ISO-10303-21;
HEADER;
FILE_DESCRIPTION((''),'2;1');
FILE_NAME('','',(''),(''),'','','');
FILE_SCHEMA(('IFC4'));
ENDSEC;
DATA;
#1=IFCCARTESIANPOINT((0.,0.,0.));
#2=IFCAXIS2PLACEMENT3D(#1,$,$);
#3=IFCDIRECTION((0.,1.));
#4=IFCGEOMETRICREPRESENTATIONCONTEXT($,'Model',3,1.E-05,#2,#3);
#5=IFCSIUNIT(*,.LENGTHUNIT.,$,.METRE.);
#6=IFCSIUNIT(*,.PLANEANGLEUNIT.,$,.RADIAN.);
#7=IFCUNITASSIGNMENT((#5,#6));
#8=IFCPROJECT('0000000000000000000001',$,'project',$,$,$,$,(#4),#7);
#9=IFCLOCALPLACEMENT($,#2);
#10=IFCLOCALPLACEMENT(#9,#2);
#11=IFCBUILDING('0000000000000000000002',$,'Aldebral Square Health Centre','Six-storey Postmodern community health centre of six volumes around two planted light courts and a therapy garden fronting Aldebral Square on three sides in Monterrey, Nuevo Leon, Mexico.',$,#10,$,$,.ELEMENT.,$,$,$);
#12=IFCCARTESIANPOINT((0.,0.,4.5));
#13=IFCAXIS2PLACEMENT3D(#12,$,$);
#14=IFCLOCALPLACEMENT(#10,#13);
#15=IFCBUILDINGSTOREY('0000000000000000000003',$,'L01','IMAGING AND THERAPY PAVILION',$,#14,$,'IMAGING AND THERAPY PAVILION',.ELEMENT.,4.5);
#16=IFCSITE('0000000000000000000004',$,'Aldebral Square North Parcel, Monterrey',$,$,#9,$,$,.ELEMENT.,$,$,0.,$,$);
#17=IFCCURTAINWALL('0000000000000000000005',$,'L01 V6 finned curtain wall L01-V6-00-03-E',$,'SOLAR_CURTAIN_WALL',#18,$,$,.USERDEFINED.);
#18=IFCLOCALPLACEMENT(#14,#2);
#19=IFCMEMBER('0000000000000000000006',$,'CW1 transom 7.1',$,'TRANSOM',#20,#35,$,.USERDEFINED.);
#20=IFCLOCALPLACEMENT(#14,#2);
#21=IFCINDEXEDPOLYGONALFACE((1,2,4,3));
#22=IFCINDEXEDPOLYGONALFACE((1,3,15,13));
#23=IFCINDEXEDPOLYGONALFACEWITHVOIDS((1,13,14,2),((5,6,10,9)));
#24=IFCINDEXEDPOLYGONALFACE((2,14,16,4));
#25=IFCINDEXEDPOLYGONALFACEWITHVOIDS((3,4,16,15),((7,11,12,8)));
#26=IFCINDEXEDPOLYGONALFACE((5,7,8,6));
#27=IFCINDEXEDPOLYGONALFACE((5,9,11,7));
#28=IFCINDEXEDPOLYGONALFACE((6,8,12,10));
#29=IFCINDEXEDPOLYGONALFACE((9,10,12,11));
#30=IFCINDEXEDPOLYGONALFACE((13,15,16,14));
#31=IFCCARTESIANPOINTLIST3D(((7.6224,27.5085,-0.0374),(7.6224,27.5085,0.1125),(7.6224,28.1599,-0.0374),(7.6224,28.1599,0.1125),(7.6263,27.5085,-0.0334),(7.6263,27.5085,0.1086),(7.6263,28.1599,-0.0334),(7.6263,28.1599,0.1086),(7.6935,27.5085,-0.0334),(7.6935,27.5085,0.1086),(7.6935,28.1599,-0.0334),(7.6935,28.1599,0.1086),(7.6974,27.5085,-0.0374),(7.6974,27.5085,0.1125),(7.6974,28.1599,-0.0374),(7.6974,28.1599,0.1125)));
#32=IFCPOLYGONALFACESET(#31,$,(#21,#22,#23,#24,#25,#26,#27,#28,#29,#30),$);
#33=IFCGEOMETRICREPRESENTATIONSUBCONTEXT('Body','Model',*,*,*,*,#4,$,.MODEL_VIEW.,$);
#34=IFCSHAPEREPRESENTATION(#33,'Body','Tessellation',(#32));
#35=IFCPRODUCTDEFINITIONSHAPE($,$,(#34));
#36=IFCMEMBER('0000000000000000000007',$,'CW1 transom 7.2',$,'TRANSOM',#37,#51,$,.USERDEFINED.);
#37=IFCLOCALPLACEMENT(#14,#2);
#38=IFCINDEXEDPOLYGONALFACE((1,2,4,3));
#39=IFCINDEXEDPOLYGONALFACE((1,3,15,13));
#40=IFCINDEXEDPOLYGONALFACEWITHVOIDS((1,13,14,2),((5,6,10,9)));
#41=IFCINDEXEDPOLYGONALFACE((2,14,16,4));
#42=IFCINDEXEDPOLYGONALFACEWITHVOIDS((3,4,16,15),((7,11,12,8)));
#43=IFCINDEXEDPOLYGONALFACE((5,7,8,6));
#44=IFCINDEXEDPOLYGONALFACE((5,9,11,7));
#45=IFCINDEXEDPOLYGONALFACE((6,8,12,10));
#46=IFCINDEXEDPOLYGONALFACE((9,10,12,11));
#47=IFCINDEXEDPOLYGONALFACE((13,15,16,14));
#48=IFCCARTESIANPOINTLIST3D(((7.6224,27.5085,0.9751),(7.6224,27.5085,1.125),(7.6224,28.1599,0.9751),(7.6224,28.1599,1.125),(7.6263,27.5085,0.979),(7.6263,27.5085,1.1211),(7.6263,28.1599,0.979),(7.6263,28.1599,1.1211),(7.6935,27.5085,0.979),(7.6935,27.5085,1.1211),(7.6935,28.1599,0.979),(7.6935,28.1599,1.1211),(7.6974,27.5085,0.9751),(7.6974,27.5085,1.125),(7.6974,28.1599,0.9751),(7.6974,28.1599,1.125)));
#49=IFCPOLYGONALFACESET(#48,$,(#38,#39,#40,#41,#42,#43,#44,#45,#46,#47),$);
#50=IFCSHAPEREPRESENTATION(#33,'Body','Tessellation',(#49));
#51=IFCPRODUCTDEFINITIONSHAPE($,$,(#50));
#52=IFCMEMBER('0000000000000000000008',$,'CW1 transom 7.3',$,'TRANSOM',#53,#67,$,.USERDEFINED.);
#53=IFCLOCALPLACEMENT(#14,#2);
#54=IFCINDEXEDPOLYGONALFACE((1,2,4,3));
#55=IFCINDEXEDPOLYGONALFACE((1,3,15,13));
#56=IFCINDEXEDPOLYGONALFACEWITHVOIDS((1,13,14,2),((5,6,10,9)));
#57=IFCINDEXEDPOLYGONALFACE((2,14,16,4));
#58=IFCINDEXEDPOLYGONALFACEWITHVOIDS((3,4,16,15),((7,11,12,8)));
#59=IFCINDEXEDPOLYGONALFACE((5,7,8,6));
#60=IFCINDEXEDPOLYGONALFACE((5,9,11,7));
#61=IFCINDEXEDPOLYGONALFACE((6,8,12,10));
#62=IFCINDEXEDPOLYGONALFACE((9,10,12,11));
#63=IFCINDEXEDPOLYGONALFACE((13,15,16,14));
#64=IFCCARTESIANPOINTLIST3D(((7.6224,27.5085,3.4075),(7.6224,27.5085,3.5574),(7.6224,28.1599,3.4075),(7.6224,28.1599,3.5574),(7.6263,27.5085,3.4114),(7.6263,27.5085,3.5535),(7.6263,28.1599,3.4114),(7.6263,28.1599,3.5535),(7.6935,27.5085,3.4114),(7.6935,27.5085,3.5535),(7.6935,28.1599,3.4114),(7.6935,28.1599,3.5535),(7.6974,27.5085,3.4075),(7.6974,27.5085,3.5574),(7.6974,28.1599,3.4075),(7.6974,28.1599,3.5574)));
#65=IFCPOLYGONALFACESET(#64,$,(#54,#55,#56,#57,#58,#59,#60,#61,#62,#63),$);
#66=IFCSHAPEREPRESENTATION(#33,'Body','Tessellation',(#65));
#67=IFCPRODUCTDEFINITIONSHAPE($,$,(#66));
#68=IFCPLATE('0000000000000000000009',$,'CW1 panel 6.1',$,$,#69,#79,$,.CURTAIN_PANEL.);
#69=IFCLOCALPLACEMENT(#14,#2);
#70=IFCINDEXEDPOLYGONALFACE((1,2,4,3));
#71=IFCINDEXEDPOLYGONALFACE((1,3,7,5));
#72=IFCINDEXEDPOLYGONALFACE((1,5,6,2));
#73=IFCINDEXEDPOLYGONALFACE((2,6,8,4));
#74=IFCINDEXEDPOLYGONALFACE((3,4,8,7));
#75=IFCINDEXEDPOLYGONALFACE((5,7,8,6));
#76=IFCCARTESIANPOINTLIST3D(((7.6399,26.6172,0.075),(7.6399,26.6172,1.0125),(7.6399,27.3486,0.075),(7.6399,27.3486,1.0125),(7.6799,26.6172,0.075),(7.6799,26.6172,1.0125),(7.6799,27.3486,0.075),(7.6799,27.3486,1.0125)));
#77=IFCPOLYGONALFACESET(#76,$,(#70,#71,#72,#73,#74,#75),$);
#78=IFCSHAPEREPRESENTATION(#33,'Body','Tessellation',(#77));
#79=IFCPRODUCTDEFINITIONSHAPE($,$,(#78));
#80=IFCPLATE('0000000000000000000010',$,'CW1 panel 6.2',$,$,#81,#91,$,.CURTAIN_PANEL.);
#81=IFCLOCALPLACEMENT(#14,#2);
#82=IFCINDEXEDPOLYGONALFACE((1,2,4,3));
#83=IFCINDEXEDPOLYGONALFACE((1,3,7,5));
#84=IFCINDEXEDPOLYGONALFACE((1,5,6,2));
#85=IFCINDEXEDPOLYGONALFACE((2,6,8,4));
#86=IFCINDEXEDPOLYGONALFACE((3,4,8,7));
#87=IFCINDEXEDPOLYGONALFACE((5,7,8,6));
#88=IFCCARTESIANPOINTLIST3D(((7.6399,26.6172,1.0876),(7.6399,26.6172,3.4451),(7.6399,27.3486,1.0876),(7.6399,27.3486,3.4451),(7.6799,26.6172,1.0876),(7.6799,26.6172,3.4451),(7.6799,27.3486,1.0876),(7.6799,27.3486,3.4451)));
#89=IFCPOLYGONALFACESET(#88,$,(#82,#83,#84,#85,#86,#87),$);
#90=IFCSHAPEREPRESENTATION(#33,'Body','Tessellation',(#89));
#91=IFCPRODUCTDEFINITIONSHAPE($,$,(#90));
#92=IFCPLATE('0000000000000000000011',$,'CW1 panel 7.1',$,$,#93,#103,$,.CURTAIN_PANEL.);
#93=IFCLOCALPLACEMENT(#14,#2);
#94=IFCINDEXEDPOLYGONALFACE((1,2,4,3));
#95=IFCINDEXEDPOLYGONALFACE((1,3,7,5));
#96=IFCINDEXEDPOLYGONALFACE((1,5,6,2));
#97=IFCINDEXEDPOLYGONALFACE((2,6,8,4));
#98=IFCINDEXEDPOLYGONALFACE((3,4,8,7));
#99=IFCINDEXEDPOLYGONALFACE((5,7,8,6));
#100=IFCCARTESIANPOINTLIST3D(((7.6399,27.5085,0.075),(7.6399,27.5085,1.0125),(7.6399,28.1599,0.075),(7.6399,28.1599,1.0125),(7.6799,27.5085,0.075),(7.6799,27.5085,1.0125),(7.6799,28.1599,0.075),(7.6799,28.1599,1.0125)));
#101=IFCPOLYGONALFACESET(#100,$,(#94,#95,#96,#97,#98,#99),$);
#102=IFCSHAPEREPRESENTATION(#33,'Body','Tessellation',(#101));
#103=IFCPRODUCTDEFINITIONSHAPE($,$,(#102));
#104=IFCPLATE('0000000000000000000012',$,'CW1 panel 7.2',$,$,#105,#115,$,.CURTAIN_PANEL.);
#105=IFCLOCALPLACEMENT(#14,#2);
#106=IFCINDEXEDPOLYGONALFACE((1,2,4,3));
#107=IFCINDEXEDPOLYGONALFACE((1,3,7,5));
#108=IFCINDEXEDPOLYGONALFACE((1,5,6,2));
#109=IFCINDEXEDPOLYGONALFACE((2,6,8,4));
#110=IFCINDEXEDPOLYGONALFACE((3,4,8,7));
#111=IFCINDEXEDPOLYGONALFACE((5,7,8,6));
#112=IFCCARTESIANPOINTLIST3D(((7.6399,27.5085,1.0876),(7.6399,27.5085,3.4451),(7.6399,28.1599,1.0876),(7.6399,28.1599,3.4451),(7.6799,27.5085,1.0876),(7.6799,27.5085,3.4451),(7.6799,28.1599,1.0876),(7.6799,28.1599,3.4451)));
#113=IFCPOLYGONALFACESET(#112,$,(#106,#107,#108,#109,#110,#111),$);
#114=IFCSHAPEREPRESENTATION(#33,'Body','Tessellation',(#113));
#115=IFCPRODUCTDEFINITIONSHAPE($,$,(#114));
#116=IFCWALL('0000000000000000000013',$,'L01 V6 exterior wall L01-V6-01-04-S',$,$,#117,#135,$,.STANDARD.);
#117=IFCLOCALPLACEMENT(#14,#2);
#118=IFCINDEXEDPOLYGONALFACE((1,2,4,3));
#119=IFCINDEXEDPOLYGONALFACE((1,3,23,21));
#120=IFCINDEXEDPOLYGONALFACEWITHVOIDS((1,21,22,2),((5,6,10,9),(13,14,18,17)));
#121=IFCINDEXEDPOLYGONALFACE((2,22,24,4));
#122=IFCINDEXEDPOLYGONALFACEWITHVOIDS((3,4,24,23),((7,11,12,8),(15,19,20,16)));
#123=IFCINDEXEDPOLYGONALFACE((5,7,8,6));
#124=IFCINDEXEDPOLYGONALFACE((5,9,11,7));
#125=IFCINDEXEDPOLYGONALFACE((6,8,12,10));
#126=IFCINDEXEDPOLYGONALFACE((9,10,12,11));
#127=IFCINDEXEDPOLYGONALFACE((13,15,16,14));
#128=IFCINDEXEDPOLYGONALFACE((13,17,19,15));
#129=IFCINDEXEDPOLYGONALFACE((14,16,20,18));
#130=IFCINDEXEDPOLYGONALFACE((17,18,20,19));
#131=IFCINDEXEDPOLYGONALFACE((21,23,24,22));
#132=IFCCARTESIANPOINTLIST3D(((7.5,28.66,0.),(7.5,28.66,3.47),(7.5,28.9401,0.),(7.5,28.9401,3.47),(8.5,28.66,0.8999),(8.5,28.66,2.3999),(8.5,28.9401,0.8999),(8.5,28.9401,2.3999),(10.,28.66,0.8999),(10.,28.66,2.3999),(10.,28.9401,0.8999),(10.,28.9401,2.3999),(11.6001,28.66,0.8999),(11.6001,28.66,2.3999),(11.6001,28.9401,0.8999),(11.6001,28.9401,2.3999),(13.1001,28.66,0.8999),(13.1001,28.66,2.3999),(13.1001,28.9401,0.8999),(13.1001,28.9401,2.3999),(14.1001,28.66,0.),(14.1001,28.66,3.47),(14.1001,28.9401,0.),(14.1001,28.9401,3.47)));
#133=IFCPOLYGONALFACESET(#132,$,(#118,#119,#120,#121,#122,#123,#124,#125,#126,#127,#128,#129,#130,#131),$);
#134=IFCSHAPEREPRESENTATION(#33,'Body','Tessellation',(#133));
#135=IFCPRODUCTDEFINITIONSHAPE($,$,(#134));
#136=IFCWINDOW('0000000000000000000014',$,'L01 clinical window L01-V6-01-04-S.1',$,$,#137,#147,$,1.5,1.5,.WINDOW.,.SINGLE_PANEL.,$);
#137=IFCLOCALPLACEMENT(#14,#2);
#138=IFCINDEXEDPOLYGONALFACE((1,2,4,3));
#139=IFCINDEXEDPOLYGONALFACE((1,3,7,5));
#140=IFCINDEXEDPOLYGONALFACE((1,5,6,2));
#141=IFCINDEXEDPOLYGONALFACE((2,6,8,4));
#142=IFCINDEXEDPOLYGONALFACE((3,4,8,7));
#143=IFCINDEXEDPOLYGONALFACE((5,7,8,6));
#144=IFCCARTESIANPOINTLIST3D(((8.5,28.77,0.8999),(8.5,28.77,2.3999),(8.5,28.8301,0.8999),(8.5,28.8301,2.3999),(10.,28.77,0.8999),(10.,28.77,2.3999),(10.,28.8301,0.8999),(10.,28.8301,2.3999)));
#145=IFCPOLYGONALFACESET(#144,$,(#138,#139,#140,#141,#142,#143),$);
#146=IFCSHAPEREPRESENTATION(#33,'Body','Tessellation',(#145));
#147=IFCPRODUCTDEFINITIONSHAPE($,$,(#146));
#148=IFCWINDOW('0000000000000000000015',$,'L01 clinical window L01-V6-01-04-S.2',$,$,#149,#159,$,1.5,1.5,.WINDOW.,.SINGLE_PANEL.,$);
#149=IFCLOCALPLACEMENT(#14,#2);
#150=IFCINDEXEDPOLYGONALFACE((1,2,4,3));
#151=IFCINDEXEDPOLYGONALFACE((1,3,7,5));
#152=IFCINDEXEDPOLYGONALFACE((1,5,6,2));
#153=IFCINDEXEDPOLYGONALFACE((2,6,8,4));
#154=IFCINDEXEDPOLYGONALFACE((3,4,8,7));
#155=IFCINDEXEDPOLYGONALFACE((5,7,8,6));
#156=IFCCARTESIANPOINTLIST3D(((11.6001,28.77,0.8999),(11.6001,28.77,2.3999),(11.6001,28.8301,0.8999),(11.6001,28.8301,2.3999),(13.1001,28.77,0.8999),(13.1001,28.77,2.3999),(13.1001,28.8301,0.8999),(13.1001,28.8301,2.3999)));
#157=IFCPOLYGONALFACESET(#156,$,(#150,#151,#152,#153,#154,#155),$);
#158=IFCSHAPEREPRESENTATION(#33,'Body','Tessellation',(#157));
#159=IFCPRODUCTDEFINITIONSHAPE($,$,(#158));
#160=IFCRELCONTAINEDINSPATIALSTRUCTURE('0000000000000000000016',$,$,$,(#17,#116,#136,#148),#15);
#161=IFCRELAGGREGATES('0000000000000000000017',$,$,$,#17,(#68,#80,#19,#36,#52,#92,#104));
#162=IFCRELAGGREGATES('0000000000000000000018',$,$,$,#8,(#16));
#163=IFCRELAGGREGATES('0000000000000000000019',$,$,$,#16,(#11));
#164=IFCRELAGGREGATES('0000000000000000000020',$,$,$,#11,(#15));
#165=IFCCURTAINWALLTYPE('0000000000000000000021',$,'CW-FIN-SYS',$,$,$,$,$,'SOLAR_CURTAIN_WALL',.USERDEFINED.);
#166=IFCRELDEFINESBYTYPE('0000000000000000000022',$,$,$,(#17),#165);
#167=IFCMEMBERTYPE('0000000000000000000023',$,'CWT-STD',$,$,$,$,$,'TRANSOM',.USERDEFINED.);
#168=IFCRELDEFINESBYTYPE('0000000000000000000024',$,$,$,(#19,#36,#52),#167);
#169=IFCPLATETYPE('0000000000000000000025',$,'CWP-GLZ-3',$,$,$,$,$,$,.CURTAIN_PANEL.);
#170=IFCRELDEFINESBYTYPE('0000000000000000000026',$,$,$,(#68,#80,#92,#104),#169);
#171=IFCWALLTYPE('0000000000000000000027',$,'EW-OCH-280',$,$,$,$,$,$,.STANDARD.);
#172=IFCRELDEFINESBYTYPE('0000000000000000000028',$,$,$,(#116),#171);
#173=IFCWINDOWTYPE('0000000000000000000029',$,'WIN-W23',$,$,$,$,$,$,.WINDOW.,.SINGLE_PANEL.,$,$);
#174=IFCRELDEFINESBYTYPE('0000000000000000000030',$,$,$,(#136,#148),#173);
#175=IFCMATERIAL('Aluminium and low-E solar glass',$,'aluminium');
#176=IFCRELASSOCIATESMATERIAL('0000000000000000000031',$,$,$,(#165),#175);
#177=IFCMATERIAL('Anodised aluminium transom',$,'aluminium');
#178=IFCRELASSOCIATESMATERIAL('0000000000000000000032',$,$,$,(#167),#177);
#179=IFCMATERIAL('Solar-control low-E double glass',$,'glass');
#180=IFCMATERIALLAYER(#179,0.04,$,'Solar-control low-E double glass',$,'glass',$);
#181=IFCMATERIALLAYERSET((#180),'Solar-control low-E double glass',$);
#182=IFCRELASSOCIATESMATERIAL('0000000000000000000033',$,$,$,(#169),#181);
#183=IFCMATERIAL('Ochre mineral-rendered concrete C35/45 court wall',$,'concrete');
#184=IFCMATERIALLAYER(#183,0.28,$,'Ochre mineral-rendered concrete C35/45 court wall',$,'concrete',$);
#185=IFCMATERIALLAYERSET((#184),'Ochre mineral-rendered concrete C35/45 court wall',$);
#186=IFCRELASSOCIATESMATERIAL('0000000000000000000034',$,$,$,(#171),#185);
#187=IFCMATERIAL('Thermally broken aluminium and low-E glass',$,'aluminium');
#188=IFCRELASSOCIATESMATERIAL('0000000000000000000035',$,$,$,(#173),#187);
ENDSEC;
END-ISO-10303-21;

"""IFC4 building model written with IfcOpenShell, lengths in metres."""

from ifc_helpers import new_model, si_unit, direction, frame, frame_2d, origin, origin_2d, place, context, subcontext, project, spatial, rectangle, hollow_rectangle, extrude, material, layer, layer_set, material_profile, profile_set, type_object, element, fill, aggregate, save


model = new_model("IFC4")

# Units and contexts
model_context = context("Model", 3, precision=1e-05, world=origin(), true_north=direction((0.0, 1.0)))
body_context = subcontext(model_context, "Body", "Model", "MODEL_VIEW")
ifc_project = project(units=[si_unit("LENGTHUNIT", "METRE"), si_unit("PLANEANGLEUNIT", "RADIAN")], contexts=[model_context])

# Site, building, storey
site_placement = place(None, origin())
site = spatial("IfcSite", under=ifc_project, at=site_placement, Name="Aldebral Square North Parcel, Monterrey", CompositionType="ELEMENT", RefElevation=0.0)
building_placement = place(site_placement, origin())
building = spatial("IfcBuilding", under=site, at=building_placement, Name="Aldebral Square Health Centre", Description="Six-storey Postmodern community health centre of six volumes around two planted light courts and a therapy garden fronting Aldebral Square on three sides in Monterrey, Nuevo Leon, Mexico.", CompositionType="ELEMENT")
storey_placement = place(building_placement, frame((0.0, 0.0, 4.5)))
storey = spatial("IfcBuildingStorey", under=building, at=storey_placement, Name="L01", Description="IMAGING AND THERAPY PAVILION", LongName="IMAGING AND THERAPY PAVILION", CompositionType="ELEMENT", Elevation=4.5)

# Curtain wall, members, plates
ifc_material_1 = material(Name="Aluminium and low-E solar glass", Category="aluminium")
curtain_wall_type = type_object("IfcCurtainWallType", Name="CW-FIN-SYS", ElementType="SOLAR_CURTAIN_WALL", PredefinedType="USERDEFINED", material=ifc_material_1)
curtain_wall_placement = place(storey_placement, origin())
curtain_wall = element("IfcCurtainWall", 1, at=curtain_wall_placement, inside=storey, type_object=curtain_wall_type, Name="L01 V6 finned curtain wall L01-V6-00-03-E", ObjectType="SOLAR_CURTAIN_WALL", PredefinedType="USERDEFINED")
ifc_material_2 = material(Name="Anodised aluminium transom", Category="aluminium")
ifc_material_profile_1 = material_profile(ifc_material_2, hollow_rectangle(XDim=0.075, YDim=0.1499, WallThickness=0.0039, at=origin_2d()), Name="CWT 75x150x4")
ifc_profile_set_1 = profile_set([ifc_material_profile_1], Name="Anodised aluminium transom")
member_type_1 = type_object("IfcMemberType", Name="CWT-STD", ElementType="TRANSOM", PredefinedType="USERDEFINED", material=ifc_profile_set_1)
member_1_placement = place(storey_placement, frame((7.6599, 27.5085, 0.0376), z_axis=(0.0, 1.0, 0.0), x_axis=(-1.0, 0.0, 0.0)))
member_1 = element("IfcMember", 2, at=member_1_placement, type_object=member_type_1, Name="CW1 transom 7.1", ObjectType="TRANSOM", PredefinedType="USERDEFINED", context=body_context, shape_type="SweptSolid", body=[
    extrude(hollow_rectangle(XDim=0.075, YDim=0.1499, WallThickness=0.0039, at=origin_2d()), origin(), (0.0, 0.0, 1.0), 0.6514),
])
member_2_placement = place(storey_placement, frame((7.6599, 27.5085, 1.05), z_axis=(0.0, 1.0, 0.0), x_axis=(-1.0, 0.0, 0.0)))
member_2 = element("IfcMember", 3, at=member_2_placement, type_object=member_type_1, Name="CW1 transom 7.2", ObjectType="TRANSOM", PredefinedType="USERDEFINED", context=body_context, shape_type="SweptSolid", body=[
    extrude(hollow_rectangle(XDim=0.075, YDim=0.1499, WallThickness=0.0039, at=origin_2d()), origin(), (0.0, 0.0, 1.0), 0.6514),
])
member_3_placement = place(storey_placement, frame((7.6599, 27.5085, 3.4824), z_axis=(0.0, 1.0, 0.0), x_axis=(-1.0, 0.0, 0.0)))
member_3 = element("IfcMember", 4, at=member_3_placement, type_object=member_type_1, Name="CW1 transom 7.3", ObjectType="TRANSOM", PredefinedType="USERDEFINED", context=body_context, shape_type="SweptSolid", body=[
    extrude(hollow_rectangle(XDim=0.075, YDim=0.1499, WallThickness=0.0039, at=origin_2d()), origin(), (0.0, 0.0, 1.0), 0.6514),
])
ifc_material_3 = material(Name="Solar-control low-E double glass", Category="glass")
ifc_layer_1 = layer(ifc_material_3, 0.04, Name="Solar-control low-E double glass", Category="glass")
ifc_layer_set_1 = layer_set([ifc_layer_1], Name="Solar-control low-E double glass")
plate_type = type_object("IfcPlateType", Name="CWP-GLZ-3", PredefinedType="CURTAIN_PANEL", material=ifc_layer_set_1)
plate_1_placement = place(storey_placement, frame((7.6599, 26.9829, 0.075), z_axis=(0.0, 0.0, 1.0), x_axis=(0.0, 1.0, 0.0)))
plate_1 = element("IfcPlate", 5, at=plate_1_placement, type_object=plate_type, Name="CW1 panel 6.1", PredefinedType="CURTAIN_PANEL", context=body_context, shape_type="SweptSolid", body=[
    extrude(rectangle(XDim=0.7314, YDim=0.04, at=origin_2d()), origin(), (0.0, 0.0, 1.0), 0.9375),
])
plate_2_placement = place(storey_placement, frame((7.6599, 26.9829, 1.0876), z_axis=(0.0, 0.0, 1.0), x_axis=(0.0, 1.0, 0.0)))
plate_2 = element("IfcPlate", 6, at=plate_2_placement, type_object=plate_type, Name="CW1 panel 6.2", PredefinedType="CURTAIN_PANEL", context=body_context, shape_type="SweptSolid", body=[
    extrude(rectangle(XDim=0.7314, YDim=0.04, at=origin_2d()), origin(), (0.0, 0.0, 1.0), 2.3574),
])
plate_3_placement = place(storey_placement, frame((7.6599, 27.8342, 0.075), z_axis=(0.0, 0.0, 1.0), x_axis=(0.0, 1.0, 0.0)))
plate_3 = element("IfcPlate", 7, at=plate_3_placement, type_object=plate_type, Name="CW1 panel 7.1", PredefinedType="CURTAIN_PANEL", context=body_context, shape_type="SweptSolid", body=[
    extrude(rectangle(XDim=0.6514, YDim=0.04, at=origin_2d()), origin(), (0.0, 0.0, 1.0), 0.9375),
])
plate_4_placement = place(storey_placement, frame((7.6599, 27.8342, 1.0876), z_axis=(0.0, 0.0, 1.0), x_axis=(0.0, 1.0, 0.0)))
plate_4 = element("IfcPlate", 8, at=plate_4_placement, type_object=plate_type, Name="CW1 panel 7.2", PredefinedType="CURTAIN_PANEL", context=body_context, shape_type="SweptSolid", body=[
    extrude(rectangle(XDim=0.6514, YDim=0.04, at=origin_2d()), origin(), (0.0, 0.0, 1.0), 2.3574),
])
aggregate(curtain_wall, [plate_1, plate_2, member_1, member_2, member_3, plate_3, plate_4])

# Wall, openings, windows
ifc_material_4 = material(Name="Ochre mineral-rendered concrete C35/45 court wall", Category="concrete")
ifc_layer_2 = layer(ifc_material_4, 0.28, Name="Ochre mineral-rendered concrete C35/45 court wall", Category="concrete")
ifc_layer_set_2 = layer_set([ifc_layer_2], Name="Ochre mineral-rendered concrete C35/45 court wall")
wall_type = type_object("IfcWallType", Name="EW-OCH-280", PredefinedType="STANDARD", material=ifc_layer_set_2)
wall_placement = place(storey_placement, frame((7.5, 28.8, 0.0), z_axis=(0.0, 0.0, 1.0), x_axis=(1.0, 0.0, 0.0)))
wall = element("IfcWall", 9, at=wall_placement, inside=storey, type_object=wall_type, Name="L01 V6 exterior wall L01-V6-01-04-S", PredefinedType="STANDARD", context=body_context, shape_type="SweptSolid", body=[
    extrude(rectangle(XDim=6.6001, YDim=0.28, at=frame_2d((3.3, 0.0))), origin(), (0.0, 0.0, 1.0), 3.47),
])
opening_1_placement = place(wall_placement, frame((1.0, 0.0, 0.8999)))
opening_1 = element("IfcOpeningElement", 10, at=opening_1_placement, cuts=wall, PredefinedType="OPENING", context=body_context, shape_type="SweptSolid", body=[
    extrude(rectangle(XDim=1.5, YDim=1.5, at=frame_2d((0.75, 0.75))), frame((0.0, 0.1499, 0.0), z_axis=(0.0, -1.0, 0.0), x_axis=(1.0, 0.0, 0.0)), (0.0, 0.0, 1.0), 0.3),
])
opening_2_placement = place(wall_placement, frame((4.1001, 0.0, 0.8999)))
opening_2 = element("IfcOpeningElement", 11, at=opening_2_placement, cuts=wall, PredefinedType="OPENING", context=body_context, shape_type="SweptSolid", body=[
    extrude(rectangle(XDim=1.5, YDim=1.5, at=frame_2d((0.75, 0.75))), frame((0.0, 0.1499, 0.0), z_axis=(0.0, -1.0, 0.0), x_axis=(1.0, 0.0, 0.0)), (0.0, 0.0, 1.0), 0.3),
])
ifc_material_5 = material(Name="Thermally broken aluminium and low-E glass", Category="aluminium")
window_type = type_object("IfcWindowType", Name="WIN-W23", PartitioningType="SINGLE_PANEL", PredefinedType="WINDOW", material=ifc_material_5)
window_1_placement = place(opening_1_placement, origin())
window_1 = element("IfcWindow", 12, at=window_1_placement, inside=storey, type_object=window_type, Name="L01 clinical window L01-V6-01-04-S.1", OverallHeight=1.5, OverallWidth=1.5, PartitioningType="SINGLE_PANEL", PredefinedType="WINDOW", context=body_context, shape_type="SweptSolid", body=[
    extrude(rectangle(XDim=1.5, YDim=1.5, at=frame_2d((0.75, 0.75))), frame((0.0, 0.03, 0.0), z_axis=(0.0, -1.0, 0.0), x_axis=(1.0, 0.0, 0.0)), (0.0, 0.0, 1.0), 0.0601),
])
fill(opening_1, window_1)
window_2_placement = place(opening_2_placement, origin())
window_2 = element("IfcWindow", 13, at=window_2_placement, inside=storey, type_object=window_type, Name="L01 clinical window L01-V6-01-04-S.2", OverallHeight=1.5, OverallWidth=1.5, PartitioningType="SINGLE_PANEL", PredefinedType="WINDOW", context=body_context, shape_type="SweptSolid", body=[
    extrude(rectangle(XDim=1.5, YDim=1.5, at=frame_2d((0.75, 0.75))), frame((0.0, 0.03, 0.0), z_axis=(0.0, -1.0, 0.0), x_axis=(1.0, 0.0, 0.0)), (0.0, 0.0, 1.0), 0.0601),
])
fill(opening_2, window_2)

save(model, "model.ifc")
